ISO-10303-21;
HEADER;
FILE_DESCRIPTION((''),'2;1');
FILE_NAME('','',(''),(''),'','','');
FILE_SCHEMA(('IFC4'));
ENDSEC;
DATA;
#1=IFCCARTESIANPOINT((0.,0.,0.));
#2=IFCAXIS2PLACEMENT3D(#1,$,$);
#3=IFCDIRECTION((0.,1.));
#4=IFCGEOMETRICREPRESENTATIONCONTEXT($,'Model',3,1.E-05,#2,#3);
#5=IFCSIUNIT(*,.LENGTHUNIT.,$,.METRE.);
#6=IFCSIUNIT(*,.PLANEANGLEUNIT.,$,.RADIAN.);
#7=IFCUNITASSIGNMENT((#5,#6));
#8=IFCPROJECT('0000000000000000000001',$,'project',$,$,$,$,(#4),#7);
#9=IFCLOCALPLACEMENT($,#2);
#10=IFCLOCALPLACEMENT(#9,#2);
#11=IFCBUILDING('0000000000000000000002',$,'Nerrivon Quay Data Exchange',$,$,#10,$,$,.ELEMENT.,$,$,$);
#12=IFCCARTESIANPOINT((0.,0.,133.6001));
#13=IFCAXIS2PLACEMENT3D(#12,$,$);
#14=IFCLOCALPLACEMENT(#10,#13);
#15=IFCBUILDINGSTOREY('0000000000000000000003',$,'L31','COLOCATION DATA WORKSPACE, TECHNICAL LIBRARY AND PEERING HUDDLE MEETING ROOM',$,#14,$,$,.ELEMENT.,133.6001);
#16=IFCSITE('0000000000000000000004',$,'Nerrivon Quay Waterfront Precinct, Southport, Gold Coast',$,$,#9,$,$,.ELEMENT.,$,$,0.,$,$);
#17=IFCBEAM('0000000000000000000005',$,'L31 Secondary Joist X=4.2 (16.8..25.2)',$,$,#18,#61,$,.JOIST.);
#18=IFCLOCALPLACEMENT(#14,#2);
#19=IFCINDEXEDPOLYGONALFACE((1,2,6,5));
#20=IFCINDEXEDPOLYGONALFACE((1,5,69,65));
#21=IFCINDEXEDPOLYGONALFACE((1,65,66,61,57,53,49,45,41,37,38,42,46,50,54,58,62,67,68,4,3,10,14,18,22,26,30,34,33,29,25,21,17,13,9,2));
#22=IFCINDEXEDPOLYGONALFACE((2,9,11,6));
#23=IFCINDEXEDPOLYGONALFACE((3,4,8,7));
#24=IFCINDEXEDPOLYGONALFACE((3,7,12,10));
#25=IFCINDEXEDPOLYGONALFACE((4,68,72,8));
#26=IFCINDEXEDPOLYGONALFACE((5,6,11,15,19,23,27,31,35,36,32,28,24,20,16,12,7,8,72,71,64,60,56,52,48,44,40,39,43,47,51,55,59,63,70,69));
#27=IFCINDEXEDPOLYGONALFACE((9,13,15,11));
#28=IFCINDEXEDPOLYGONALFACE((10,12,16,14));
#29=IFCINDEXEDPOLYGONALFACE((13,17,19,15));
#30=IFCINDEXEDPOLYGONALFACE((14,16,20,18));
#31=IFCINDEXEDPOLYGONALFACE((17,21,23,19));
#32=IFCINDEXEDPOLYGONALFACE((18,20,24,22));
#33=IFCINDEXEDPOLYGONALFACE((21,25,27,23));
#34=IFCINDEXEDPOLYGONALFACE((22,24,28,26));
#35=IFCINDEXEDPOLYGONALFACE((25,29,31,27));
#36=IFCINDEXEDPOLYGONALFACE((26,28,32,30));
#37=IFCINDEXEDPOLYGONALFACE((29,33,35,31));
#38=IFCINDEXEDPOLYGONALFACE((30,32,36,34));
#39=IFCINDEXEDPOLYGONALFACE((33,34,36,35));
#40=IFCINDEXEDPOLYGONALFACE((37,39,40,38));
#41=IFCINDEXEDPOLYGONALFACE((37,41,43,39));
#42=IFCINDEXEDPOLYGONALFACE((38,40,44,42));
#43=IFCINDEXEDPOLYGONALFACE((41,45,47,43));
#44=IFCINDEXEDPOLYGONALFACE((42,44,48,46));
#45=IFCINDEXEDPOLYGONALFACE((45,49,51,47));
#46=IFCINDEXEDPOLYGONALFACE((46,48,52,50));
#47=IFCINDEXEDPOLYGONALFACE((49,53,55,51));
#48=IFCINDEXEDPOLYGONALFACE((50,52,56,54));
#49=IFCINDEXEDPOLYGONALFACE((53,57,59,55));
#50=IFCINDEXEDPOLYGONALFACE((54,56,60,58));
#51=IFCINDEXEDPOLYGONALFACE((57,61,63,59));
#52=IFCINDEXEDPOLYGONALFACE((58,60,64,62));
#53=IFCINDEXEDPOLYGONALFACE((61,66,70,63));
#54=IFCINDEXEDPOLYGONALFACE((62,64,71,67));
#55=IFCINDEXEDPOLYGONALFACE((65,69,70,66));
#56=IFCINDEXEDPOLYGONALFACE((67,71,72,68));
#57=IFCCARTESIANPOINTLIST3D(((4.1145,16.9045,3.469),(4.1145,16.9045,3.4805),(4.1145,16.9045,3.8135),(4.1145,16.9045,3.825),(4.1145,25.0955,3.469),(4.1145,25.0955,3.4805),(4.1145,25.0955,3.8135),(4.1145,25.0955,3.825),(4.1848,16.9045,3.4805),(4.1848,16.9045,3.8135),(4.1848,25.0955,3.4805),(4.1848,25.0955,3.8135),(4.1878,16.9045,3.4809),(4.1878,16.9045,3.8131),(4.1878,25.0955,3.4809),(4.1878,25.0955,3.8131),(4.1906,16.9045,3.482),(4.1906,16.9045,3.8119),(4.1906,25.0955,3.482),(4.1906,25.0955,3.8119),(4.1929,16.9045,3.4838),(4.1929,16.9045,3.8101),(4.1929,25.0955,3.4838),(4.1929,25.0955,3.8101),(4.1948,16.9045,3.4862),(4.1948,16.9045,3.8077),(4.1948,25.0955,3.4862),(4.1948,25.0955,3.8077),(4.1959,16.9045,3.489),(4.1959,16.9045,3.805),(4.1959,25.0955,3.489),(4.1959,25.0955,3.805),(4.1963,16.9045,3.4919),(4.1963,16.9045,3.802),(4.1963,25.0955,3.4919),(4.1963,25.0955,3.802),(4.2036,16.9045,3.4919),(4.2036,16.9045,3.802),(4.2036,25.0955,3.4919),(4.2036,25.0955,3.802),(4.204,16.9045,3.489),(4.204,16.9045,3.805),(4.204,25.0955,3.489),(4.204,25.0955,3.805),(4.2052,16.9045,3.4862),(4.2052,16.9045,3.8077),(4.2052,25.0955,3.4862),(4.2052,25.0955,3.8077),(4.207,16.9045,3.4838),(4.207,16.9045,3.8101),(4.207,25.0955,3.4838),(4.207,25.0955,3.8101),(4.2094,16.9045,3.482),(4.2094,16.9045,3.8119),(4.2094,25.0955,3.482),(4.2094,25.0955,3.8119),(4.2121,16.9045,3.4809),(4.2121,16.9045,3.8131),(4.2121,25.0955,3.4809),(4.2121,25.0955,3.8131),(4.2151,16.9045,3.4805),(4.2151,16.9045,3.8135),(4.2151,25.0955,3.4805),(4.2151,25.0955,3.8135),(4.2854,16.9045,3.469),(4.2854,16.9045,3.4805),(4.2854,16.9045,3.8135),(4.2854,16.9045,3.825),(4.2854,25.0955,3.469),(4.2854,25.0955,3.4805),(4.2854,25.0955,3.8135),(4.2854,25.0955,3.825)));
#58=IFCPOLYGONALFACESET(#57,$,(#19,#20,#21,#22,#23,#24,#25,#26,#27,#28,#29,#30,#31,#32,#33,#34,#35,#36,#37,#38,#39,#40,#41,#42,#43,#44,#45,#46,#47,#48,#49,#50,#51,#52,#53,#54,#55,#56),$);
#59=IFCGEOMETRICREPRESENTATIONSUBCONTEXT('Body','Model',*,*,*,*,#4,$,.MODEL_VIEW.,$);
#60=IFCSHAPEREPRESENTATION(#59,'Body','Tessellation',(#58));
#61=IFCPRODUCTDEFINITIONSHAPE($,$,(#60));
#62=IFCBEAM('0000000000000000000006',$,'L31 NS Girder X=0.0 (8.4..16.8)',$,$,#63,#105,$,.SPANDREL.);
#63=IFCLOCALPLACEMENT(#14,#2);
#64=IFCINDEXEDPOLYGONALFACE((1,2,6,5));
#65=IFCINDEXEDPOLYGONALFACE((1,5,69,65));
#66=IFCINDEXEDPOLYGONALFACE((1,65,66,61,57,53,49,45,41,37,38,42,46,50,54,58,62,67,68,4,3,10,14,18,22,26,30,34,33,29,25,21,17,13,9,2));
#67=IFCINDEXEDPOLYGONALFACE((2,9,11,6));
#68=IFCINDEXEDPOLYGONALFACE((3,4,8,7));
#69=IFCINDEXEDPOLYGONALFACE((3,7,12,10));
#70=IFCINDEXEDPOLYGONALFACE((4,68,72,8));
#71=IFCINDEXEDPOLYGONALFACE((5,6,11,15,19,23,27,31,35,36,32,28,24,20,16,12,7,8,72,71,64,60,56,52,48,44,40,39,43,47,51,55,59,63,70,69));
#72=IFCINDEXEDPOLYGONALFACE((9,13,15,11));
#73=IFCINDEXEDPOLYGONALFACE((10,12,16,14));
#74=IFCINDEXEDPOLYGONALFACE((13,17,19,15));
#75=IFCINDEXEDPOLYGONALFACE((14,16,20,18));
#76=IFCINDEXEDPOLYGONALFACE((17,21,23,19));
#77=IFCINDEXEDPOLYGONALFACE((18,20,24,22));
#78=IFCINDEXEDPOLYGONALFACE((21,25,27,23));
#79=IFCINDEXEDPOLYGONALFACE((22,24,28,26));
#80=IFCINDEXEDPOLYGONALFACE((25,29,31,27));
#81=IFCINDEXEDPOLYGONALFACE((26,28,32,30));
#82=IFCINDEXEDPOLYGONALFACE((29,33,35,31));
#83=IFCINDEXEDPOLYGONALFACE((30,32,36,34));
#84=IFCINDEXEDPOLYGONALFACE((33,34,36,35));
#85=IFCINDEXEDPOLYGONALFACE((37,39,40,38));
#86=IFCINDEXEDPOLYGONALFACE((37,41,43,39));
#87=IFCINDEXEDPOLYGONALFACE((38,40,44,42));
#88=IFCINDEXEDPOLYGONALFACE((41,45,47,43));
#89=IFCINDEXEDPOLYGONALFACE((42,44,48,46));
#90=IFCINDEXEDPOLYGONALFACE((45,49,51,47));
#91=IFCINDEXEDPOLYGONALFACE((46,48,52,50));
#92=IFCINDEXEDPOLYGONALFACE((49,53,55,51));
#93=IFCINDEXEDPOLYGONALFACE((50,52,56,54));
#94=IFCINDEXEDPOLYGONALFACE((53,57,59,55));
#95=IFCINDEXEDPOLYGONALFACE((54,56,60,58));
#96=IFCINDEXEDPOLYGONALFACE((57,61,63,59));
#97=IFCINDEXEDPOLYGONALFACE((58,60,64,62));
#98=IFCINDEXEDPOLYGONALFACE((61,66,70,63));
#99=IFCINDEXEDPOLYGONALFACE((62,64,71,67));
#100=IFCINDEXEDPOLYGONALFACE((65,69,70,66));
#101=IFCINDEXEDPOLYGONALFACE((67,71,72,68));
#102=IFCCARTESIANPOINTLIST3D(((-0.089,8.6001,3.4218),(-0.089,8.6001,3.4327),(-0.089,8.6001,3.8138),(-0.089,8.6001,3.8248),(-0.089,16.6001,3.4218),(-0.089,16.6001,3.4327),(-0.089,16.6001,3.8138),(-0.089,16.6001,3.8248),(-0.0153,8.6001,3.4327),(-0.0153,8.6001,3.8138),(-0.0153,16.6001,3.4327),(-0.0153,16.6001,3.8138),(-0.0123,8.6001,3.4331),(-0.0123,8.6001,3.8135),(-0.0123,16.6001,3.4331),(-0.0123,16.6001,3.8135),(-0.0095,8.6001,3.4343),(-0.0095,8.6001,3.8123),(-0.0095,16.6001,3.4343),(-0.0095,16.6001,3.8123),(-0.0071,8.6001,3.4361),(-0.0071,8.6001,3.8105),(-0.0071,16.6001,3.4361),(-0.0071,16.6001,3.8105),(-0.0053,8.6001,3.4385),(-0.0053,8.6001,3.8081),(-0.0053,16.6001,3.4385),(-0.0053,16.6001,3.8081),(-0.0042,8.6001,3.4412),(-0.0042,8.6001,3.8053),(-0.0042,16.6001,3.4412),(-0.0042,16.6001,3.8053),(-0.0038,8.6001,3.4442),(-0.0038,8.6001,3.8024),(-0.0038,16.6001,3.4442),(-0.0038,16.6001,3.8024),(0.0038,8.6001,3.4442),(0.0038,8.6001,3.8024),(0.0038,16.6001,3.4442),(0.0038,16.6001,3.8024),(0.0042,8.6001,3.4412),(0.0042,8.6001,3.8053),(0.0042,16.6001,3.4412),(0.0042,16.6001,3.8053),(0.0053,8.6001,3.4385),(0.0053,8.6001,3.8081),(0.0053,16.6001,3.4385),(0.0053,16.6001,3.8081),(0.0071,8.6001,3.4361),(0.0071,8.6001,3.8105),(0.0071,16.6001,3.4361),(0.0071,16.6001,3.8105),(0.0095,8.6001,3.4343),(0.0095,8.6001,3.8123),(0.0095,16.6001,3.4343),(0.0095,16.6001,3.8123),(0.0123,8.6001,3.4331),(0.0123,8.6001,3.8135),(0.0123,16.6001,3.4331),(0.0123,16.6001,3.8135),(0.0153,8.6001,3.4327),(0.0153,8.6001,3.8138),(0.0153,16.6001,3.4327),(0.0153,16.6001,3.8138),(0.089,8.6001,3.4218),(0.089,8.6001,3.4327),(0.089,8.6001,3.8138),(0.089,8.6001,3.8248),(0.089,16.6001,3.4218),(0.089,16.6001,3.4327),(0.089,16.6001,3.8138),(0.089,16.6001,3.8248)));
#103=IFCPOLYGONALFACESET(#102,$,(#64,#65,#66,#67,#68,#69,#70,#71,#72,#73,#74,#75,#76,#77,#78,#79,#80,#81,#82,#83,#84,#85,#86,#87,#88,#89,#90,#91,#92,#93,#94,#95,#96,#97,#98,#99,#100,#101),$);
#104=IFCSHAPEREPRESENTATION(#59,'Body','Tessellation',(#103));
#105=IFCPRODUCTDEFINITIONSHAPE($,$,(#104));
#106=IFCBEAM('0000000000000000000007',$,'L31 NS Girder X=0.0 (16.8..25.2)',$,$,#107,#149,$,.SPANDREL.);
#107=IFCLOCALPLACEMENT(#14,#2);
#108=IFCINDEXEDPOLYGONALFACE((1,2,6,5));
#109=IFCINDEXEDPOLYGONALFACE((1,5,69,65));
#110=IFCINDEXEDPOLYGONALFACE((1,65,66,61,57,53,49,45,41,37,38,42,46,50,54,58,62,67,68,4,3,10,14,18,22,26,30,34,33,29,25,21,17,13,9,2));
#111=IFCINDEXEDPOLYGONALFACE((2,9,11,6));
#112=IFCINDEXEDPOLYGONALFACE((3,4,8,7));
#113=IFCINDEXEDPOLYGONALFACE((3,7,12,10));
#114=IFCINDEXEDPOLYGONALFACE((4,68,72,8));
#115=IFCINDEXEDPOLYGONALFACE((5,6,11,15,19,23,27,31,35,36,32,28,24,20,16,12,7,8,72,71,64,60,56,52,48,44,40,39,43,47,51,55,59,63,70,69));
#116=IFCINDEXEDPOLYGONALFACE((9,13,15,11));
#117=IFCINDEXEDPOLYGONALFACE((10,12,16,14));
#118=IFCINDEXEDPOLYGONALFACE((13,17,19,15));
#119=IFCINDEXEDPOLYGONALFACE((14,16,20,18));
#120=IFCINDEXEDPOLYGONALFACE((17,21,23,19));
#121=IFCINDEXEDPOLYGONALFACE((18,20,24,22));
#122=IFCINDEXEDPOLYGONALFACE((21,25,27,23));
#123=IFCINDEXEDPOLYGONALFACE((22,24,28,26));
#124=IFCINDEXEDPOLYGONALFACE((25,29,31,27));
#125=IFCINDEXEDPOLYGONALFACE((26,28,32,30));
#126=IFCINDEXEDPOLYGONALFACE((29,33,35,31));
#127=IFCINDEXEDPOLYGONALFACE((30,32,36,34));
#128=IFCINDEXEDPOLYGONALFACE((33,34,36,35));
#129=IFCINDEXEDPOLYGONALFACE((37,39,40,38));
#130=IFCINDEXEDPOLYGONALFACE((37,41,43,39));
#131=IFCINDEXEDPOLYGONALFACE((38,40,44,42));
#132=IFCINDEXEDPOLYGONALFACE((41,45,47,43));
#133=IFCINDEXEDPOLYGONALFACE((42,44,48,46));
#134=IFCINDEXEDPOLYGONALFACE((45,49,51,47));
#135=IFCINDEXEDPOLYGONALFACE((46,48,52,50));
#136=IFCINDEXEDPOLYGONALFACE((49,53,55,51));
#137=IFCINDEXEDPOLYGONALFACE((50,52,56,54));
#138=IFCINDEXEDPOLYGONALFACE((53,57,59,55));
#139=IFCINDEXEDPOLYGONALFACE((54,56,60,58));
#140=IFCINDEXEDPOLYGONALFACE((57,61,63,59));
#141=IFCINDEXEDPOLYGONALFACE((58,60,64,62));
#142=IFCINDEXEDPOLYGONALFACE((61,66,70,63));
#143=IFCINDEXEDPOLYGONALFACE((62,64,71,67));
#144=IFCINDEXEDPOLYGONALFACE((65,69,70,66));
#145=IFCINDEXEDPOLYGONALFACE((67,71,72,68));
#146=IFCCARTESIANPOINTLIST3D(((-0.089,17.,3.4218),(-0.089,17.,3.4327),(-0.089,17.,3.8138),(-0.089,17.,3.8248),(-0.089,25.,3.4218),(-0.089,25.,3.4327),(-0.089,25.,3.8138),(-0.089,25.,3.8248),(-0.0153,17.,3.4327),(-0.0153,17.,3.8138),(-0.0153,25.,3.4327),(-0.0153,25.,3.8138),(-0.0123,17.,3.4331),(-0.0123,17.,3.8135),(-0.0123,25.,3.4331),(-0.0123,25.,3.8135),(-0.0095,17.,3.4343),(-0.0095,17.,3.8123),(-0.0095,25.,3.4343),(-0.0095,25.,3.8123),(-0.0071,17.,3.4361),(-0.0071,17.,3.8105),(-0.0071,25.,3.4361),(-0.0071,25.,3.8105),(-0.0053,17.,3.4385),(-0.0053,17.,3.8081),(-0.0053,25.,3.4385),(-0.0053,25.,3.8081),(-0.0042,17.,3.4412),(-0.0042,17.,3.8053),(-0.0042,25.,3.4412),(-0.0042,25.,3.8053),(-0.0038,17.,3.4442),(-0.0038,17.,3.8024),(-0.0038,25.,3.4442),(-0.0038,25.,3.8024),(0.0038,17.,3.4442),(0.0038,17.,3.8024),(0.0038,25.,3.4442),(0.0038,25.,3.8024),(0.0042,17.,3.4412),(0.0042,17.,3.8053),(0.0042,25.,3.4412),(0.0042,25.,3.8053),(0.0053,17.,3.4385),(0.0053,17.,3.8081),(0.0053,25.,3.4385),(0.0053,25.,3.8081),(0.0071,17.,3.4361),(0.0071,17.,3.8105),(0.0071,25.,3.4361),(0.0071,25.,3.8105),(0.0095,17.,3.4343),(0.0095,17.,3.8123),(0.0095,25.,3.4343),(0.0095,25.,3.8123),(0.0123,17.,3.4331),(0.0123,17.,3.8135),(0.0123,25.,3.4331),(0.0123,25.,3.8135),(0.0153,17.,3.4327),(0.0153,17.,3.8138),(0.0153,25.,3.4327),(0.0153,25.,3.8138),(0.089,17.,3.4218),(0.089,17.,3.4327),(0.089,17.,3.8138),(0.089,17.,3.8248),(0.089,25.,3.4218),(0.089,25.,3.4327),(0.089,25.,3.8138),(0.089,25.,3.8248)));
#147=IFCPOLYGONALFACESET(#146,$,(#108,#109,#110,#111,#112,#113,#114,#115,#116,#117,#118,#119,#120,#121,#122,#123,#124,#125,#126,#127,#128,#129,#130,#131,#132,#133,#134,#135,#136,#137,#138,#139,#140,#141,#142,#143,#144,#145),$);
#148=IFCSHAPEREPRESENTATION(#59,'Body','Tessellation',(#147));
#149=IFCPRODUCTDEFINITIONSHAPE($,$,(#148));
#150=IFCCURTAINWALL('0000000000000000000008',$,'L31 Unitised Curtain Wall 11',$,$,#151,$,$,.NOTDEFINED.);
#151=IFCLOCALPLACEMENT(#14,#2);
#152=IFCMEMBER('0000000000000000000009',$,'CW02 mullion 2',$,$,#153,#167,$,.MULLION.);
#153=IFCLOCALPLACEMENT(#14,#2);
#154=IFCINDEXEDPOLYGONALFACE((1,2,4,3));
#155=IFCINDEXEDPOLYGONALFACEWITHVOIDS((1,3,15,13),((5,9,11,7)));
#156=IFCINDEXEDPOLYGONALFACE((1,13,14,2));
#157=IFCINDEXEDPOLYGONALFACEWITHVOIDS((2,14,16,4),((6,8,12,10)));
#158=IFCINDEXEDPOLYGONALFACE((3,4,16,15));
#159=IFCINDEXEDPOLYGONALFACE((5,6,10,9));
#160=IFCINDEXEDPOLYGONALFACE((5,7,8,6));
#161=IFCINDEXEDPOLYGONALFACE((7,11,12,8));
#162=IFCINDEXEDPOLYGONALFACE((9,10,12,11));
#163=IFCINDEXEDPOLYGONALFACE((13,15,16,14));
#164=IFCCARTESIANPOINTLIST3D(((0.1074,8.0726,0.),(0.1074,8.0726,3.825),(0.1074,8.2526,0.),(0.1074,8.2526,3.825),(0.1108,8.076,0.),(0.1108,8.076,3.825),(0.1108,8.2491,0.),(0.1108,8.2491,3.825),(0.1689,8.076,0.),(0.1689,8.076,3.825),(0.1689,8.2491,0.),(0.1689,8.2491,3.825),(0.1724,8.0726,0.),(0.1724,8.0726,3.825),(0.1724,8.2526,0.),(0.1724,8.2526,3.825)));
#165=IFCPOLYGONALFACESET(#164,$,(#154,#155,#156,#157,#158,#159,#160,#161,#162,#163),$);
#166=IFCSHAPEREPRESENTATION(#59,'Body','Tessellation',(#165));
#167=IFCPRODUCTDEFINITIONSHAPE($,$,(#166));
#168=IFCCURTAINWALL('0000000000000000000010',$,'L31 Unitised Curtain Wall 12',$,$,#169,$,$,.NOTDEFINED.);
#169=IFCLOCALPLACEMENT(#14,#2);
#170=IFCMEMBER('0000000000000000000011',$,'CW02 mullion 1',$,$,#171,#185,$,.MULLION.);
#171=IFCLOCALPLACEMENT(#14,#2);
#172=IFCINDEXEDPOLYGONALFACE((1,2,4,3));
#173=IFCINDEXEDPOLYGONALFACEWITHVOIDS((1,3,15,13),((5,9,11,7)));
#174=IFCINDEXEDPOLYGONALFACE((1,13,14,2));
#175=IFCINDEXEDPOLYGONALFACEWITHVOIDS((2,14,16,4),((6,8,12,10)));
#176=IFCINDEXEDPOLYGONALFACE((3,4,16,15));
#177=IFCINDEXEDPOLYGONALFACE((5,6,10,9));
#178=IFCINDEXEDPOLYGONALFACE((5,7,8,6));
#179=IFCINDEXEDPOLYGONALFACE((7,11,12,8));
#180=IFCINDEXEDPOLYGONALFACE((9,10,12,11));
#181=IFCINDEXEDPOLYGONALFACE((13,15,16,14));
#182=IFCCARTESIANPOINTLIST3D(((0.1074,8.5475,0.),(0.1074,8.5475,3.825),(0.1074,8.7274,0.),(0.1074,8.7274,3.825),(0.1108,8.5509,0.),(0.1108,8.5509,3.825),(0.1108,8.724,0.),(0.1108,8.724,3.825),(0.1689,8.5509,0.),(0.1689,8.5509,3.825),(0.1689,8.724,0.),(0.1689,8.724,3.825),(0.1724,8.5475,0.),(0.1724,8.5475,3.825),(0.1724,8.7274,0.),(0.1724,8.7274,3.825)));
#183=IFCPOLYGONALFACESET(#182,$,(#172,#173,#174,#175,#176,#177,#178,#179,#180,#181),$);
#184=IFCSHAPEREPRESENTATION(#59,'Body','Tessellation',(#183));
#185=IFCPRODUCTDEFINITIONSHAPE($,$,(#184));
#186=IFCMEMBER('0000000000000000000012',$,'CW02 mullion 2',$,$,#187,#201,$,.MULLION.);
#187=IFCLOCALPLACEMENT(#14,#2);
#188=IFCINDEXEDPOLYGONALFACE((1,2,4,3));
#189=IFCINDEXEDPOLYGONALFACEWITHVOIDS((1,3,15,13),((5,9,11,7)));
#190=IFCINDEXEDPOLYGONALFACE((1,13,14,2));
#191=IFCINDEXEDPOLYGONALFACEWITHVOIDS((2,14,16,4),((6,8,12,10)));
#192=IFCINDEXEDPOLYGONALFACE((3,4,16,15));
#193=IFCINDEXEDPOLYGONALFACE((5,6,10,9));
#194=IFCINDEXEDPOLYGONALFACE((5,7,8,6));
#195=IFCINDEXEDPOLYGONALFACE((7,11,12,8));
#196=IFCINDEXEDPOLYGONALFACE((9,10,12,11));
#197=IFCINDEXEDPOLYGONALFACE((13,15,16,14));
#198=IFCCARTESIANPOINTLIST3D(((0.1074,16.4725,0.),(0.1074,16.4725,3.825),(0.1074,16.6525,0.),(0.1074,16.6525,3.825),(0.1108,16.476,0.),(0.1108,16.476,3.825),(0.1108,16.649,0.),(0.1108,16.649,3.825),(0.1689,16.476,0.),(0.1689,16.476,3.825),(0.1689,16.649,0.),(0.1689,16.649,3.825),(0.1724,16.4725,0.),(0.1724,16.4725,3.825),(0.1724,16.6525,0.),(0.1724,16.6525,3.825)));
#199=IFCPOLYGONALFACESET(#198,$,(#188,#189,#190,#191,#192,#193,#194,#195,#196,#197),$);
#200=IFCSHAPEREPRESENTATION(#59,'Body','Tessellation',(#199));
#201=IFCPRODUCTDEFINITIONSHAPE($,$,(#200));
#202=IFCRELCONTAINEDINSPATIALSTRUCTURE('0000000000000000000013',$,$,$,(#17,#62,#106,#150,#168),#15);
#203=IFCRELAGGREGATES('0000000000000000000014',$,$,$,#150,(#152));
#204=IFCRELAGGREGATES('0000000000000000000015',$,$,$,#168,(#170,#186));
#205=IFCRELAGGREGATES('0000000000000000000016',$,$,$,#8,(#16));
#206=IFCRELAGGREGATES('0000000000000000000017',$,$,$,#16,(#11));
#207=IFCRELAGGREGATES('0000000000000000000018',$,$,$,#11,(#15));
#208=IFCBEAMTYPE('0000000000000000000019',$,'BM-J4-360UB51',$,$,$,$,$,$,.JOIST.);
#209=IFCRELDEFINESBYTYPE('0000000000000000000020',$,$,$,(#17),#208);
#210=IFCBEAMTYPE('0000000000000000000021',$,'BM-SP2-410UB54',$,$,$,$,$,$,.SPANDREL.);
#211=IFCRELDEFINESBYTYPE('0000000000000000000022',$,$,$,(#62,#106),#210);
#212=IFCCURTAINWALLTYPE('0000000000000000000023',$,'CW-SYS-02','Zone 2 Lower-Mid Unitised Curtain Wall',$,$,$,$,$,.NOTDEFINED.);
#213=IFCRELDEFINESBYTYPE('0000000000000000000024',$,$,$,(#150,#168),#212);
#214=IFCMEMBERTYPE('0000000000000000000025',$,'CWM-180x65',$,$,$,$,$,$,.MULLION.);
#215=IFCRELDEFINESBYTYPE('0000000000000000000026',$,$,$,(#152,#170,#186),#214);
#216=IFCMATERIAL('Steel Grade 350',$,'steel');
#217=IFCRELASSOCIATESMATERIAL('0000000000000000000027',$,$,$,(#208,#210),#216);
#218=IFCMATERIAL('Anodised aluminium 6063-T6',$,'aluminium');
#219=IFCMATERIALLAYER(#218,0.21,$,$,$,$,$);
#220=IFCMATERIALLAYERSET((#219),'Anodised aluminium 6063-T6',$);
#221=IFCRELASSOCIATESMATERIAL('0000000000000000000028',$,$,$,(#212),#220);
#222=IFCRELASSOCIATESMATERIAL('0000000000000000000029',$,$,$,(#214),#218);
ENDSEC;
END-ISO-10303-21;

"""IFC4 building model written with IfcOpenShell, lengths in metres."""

from ifc_helpers import new_model, si_unit, direction, frame, origin, origin_2d, place, context, subcontext, project, spatial, hollow_rectangle, i_section, extrude, material, layer, layer_set, material_profile, profile_set, type_object, element, aggregate, save


model = new_model("IFC4")

# Units and contexts
model_context = context("Model", 3, precision=1e-05, world=origin(), true_north=direction((0.0, 1.0)))
body_context = subcontext(model_context, "Body", "Model", "MODEL_VIEW")
ifc_project = project(units=[si_unit("LENGTHUNIT", "METRE"), si_unit("PLANEANGLEUNIT", "RADIAN")], contexts=[model_context])

# Site, building, storey
site_placement = place(None, origin())
site = spatial("IfcSite", under=ifc_project, at=site_placement, Name="Nerrivon Quay Waterfront Precinct, Southport, Gold Coast", CompositionType="ELEMENT", RefElevation=0.0)
building_placement = place(site_placement, origin())
building = spatial("IfcBuilding", under=site, at=building_placement, Name="Nerrivon Quay Data Exchange", CompositionType="ELEMENT")
storey_placement = place(building_placement, frame((0.0, 0.0, 133.6001)))
storey = spatial("IfcBuildingStorey", under=building, at=storey_placement, Name="L31", Description="COLOCATION DATA WORKSPACE, TECHNICAL LIBRARY AND PEERING HUDDLE MEETING ROOM", CompositionType="ELEMENT", Elevation=133.6001)

# Shared definitions
ifc_material_1 = material(Name="Steel Grade 350", Category="steel")

# Beams
ifc_material_profile_1 = material_profile(ifc_material_1, i_section(OverallWidth=0.1709, OverallDepth=0.356, WebThickness=0.0073, FlangeThickness=0.0115, FilletRadius=0.0115, at=origin_2d()), Name="360UB50.7")
ifc_profile_set_1 = profile_set([ifc_material_profile_1], Name="Steel Grade 350")
beam_type_1 = type_object("IfcBeamType", Name="BM-J4-360UB51", PredefinedType="JOIST", material=ifc_profile_set_1)
beam_1_placement = place(storey_placement, frame((4.2, 16.9045, 3.647), z_axis=(0.0, 1.0, 0.0), x_axis=(-1.0, 0.0, 0.0)))
element("IfcBeam", 1, at=beam_1_placement, inside=storey, type_object=beam_type_1, Name="L31 Secondary Joist X=4.2 (16.8..25.2)", PredefinedType="JOIST", context=body_context, shape_type="SweptSolid", body=[
    extrude(i_section(OverallWidth=0.1709, OverallDepth=0.356, WebThickness=0.0073, FlangeThickness=0.0115, FilletRadius=0.0115, at=origin_2d()), origin(), (0.0, 0.0, 1.0), 8.1909),
])
ifc_material_profile_2 = material_profile(ifc_material_1, i_section(OverallWidth=0.178, OverallDepth=0.4031, WebThickness=0.0076, FlangeThickness=0.011, FilletRadius=0.0115, at=origin_2d()), Name="410UB53.7")
ifc_profile_set_2 = profile_set([ifc_material_profile_2], Name="Steel Grade 350")
beam_type_2 = type_object("IfcBeamType", Name="BM-SP2-410UB54", PredefinedType="SPANDREL", material=ifc_profile_set_2)
for number, where, z_axis, x_axis, name in (
    (2, (0.0, 8.6001, 3.6233), (0.0, 1.0, 0.0), (-1.0, 0.0, 0.0), "L31 NS Girder X=0.0 (8.4..16.8)"),
    (3, (0.0, 17.0, 3.6233), (0.0, 1.0, 0.0), (-1.0, 0.0, 0.0), "L31 NS Girder X=0.0 (16.8..25.2)"),
):
    element("IfcBeam", number, at=place(storey_placement, frame(where, z_axis=z_axis, x_axis=x_axis)), inside=storey, type_object=beam_type_2, Name=name, PredefinedType="SPANDREL", context=body_context, shape_type="SweptSolid", body=[
        extrude(i_section(OverallWidth=0.178, OverallDepth=0.4031, WebThickness=0.0076, FlangeThickness=0.011, FilletRadius=0.0115, at=origin_2d()), origin(), (0.0, 0.0, 1.0), 8.0),
    ])

# Curtain wall, member
ifc_material_2 = material(Name="Anodised aluminium 6063-T6", Category="aluminium")
ifc_layer_1 = layer(ifc_material_2, 0.21)
ifc_layer_set_1 = layer_set([ifc_layer_1], Name="Anodised aluminium 6063-T6")
curtain_wall_type = type_object("IfcCurtainWallType", Name="CW-SYS-02", Description="Zone 2 Lower-Mid Unitised Curtain Wall", PredefinedType="NOTDEFINED", material=ifc_layer_set_1)
curtain_wall_1_placement = place(storey_placement, origin())
curtain_wall_1 = element("IfcCurtainWall", 4, at=curtain_wall_1_placement, inside=storey, type_object=curtain_wall_type, Name="L31 Unitised Curtain Wall 11", PredefinedType="NOTDEFINED")
ifc_material_profile_3 = material_profile(ifc_material_2, hollow_rectangle(XDim=0.0649, YDim=0.1799, WallThickness=0.0034, at=origin_2d()), Name="ALU-MULL-180x65")
ifc_profile_set_3 = profile_set([ifc_material_profile_3], Name="Anodised aluminium 6063-T6")
member_type_1 = type_object("IfcMemberType", Name="CWM-180x65", PredefinedType="MULLION", material=ifc_profile_set_3)
member_1_placement = place(storey_placement, frame((0.1399, 8.1626, 0.0), z_axis=(0.0, 0.0, 1.0), x_axis=(-1.0, 0.0, 0.0)))
member_1 = element("IfcMember", 5, at=member_1_placement, type_object=member_type_1, Name="CW02 mullion 2", PredefinedType="MULLION", context=body_context, shape_type="SweptSolid", body=[
    extrude(hollow_rectangle(XDim=0.0649, YDim=0.1799, WallThickness=0.0034, at=origin_2d()), origin(), (0.0, 0.0, 1.0), 3.825),
])

# Curtain wall, members
curtain_wall_2_placement = place(storey_placement, origin())
curtain_wall_2 = element("IfcCurtainWall", 6, at=curtain_wall_2_placement, inside=storey, type_object=curtain_wall_type, Name="L31 Unitised Curtain Wall 12", PredefinedType="NOTDEFINED")
member_2_placement = place(storey_placement, frame((0.1399, 8.6375, 0.0), z_axis=(0.0, 0.0, 1.0), x_axis=(-1.0, 0.0, 0.0)))
member_2 = element("IfcMember", 7, at=member_2_placement, type_object=member_type_1, Name="CW02 mullion 1", PredefinedType="MULLION", context=body_context, shape_type="SweptSolid", body=[
    extrude(hollow_rectangle(XDim=0.0649, YDim=0.1799, WallThickness=0.0034, at=origin_2d()), origin(), (0.0, 0.0, 1.0), 3.825),
])
member_3_placement = place(storey_placement, frame((0.1399, 16.5625, 0.0), z_axis=(0.0, 0.0, 1.0), x_axis=(-1.0, 0.0, 0.0)))
member_3 = element("IfcMember", 8, at=member_3_placement, type_object=member_type_1, Name="CW02 mullion 2", PredefinedType="MULLION", context=body_context, shape_type="SweptSolid", body=[
    extrude(hollow_rectangle(XDim=0.0649, YDim=0.1799, WallThickness=0.0034, at=origin_2d()), origin(), (0.0, 0.0, 1.0), 3.825),
])

aggregate(curtain_wall_1, [member_1])
aggregate(curtain_wall_2, [member_2, member_3])

save(model, "model.ifc")
